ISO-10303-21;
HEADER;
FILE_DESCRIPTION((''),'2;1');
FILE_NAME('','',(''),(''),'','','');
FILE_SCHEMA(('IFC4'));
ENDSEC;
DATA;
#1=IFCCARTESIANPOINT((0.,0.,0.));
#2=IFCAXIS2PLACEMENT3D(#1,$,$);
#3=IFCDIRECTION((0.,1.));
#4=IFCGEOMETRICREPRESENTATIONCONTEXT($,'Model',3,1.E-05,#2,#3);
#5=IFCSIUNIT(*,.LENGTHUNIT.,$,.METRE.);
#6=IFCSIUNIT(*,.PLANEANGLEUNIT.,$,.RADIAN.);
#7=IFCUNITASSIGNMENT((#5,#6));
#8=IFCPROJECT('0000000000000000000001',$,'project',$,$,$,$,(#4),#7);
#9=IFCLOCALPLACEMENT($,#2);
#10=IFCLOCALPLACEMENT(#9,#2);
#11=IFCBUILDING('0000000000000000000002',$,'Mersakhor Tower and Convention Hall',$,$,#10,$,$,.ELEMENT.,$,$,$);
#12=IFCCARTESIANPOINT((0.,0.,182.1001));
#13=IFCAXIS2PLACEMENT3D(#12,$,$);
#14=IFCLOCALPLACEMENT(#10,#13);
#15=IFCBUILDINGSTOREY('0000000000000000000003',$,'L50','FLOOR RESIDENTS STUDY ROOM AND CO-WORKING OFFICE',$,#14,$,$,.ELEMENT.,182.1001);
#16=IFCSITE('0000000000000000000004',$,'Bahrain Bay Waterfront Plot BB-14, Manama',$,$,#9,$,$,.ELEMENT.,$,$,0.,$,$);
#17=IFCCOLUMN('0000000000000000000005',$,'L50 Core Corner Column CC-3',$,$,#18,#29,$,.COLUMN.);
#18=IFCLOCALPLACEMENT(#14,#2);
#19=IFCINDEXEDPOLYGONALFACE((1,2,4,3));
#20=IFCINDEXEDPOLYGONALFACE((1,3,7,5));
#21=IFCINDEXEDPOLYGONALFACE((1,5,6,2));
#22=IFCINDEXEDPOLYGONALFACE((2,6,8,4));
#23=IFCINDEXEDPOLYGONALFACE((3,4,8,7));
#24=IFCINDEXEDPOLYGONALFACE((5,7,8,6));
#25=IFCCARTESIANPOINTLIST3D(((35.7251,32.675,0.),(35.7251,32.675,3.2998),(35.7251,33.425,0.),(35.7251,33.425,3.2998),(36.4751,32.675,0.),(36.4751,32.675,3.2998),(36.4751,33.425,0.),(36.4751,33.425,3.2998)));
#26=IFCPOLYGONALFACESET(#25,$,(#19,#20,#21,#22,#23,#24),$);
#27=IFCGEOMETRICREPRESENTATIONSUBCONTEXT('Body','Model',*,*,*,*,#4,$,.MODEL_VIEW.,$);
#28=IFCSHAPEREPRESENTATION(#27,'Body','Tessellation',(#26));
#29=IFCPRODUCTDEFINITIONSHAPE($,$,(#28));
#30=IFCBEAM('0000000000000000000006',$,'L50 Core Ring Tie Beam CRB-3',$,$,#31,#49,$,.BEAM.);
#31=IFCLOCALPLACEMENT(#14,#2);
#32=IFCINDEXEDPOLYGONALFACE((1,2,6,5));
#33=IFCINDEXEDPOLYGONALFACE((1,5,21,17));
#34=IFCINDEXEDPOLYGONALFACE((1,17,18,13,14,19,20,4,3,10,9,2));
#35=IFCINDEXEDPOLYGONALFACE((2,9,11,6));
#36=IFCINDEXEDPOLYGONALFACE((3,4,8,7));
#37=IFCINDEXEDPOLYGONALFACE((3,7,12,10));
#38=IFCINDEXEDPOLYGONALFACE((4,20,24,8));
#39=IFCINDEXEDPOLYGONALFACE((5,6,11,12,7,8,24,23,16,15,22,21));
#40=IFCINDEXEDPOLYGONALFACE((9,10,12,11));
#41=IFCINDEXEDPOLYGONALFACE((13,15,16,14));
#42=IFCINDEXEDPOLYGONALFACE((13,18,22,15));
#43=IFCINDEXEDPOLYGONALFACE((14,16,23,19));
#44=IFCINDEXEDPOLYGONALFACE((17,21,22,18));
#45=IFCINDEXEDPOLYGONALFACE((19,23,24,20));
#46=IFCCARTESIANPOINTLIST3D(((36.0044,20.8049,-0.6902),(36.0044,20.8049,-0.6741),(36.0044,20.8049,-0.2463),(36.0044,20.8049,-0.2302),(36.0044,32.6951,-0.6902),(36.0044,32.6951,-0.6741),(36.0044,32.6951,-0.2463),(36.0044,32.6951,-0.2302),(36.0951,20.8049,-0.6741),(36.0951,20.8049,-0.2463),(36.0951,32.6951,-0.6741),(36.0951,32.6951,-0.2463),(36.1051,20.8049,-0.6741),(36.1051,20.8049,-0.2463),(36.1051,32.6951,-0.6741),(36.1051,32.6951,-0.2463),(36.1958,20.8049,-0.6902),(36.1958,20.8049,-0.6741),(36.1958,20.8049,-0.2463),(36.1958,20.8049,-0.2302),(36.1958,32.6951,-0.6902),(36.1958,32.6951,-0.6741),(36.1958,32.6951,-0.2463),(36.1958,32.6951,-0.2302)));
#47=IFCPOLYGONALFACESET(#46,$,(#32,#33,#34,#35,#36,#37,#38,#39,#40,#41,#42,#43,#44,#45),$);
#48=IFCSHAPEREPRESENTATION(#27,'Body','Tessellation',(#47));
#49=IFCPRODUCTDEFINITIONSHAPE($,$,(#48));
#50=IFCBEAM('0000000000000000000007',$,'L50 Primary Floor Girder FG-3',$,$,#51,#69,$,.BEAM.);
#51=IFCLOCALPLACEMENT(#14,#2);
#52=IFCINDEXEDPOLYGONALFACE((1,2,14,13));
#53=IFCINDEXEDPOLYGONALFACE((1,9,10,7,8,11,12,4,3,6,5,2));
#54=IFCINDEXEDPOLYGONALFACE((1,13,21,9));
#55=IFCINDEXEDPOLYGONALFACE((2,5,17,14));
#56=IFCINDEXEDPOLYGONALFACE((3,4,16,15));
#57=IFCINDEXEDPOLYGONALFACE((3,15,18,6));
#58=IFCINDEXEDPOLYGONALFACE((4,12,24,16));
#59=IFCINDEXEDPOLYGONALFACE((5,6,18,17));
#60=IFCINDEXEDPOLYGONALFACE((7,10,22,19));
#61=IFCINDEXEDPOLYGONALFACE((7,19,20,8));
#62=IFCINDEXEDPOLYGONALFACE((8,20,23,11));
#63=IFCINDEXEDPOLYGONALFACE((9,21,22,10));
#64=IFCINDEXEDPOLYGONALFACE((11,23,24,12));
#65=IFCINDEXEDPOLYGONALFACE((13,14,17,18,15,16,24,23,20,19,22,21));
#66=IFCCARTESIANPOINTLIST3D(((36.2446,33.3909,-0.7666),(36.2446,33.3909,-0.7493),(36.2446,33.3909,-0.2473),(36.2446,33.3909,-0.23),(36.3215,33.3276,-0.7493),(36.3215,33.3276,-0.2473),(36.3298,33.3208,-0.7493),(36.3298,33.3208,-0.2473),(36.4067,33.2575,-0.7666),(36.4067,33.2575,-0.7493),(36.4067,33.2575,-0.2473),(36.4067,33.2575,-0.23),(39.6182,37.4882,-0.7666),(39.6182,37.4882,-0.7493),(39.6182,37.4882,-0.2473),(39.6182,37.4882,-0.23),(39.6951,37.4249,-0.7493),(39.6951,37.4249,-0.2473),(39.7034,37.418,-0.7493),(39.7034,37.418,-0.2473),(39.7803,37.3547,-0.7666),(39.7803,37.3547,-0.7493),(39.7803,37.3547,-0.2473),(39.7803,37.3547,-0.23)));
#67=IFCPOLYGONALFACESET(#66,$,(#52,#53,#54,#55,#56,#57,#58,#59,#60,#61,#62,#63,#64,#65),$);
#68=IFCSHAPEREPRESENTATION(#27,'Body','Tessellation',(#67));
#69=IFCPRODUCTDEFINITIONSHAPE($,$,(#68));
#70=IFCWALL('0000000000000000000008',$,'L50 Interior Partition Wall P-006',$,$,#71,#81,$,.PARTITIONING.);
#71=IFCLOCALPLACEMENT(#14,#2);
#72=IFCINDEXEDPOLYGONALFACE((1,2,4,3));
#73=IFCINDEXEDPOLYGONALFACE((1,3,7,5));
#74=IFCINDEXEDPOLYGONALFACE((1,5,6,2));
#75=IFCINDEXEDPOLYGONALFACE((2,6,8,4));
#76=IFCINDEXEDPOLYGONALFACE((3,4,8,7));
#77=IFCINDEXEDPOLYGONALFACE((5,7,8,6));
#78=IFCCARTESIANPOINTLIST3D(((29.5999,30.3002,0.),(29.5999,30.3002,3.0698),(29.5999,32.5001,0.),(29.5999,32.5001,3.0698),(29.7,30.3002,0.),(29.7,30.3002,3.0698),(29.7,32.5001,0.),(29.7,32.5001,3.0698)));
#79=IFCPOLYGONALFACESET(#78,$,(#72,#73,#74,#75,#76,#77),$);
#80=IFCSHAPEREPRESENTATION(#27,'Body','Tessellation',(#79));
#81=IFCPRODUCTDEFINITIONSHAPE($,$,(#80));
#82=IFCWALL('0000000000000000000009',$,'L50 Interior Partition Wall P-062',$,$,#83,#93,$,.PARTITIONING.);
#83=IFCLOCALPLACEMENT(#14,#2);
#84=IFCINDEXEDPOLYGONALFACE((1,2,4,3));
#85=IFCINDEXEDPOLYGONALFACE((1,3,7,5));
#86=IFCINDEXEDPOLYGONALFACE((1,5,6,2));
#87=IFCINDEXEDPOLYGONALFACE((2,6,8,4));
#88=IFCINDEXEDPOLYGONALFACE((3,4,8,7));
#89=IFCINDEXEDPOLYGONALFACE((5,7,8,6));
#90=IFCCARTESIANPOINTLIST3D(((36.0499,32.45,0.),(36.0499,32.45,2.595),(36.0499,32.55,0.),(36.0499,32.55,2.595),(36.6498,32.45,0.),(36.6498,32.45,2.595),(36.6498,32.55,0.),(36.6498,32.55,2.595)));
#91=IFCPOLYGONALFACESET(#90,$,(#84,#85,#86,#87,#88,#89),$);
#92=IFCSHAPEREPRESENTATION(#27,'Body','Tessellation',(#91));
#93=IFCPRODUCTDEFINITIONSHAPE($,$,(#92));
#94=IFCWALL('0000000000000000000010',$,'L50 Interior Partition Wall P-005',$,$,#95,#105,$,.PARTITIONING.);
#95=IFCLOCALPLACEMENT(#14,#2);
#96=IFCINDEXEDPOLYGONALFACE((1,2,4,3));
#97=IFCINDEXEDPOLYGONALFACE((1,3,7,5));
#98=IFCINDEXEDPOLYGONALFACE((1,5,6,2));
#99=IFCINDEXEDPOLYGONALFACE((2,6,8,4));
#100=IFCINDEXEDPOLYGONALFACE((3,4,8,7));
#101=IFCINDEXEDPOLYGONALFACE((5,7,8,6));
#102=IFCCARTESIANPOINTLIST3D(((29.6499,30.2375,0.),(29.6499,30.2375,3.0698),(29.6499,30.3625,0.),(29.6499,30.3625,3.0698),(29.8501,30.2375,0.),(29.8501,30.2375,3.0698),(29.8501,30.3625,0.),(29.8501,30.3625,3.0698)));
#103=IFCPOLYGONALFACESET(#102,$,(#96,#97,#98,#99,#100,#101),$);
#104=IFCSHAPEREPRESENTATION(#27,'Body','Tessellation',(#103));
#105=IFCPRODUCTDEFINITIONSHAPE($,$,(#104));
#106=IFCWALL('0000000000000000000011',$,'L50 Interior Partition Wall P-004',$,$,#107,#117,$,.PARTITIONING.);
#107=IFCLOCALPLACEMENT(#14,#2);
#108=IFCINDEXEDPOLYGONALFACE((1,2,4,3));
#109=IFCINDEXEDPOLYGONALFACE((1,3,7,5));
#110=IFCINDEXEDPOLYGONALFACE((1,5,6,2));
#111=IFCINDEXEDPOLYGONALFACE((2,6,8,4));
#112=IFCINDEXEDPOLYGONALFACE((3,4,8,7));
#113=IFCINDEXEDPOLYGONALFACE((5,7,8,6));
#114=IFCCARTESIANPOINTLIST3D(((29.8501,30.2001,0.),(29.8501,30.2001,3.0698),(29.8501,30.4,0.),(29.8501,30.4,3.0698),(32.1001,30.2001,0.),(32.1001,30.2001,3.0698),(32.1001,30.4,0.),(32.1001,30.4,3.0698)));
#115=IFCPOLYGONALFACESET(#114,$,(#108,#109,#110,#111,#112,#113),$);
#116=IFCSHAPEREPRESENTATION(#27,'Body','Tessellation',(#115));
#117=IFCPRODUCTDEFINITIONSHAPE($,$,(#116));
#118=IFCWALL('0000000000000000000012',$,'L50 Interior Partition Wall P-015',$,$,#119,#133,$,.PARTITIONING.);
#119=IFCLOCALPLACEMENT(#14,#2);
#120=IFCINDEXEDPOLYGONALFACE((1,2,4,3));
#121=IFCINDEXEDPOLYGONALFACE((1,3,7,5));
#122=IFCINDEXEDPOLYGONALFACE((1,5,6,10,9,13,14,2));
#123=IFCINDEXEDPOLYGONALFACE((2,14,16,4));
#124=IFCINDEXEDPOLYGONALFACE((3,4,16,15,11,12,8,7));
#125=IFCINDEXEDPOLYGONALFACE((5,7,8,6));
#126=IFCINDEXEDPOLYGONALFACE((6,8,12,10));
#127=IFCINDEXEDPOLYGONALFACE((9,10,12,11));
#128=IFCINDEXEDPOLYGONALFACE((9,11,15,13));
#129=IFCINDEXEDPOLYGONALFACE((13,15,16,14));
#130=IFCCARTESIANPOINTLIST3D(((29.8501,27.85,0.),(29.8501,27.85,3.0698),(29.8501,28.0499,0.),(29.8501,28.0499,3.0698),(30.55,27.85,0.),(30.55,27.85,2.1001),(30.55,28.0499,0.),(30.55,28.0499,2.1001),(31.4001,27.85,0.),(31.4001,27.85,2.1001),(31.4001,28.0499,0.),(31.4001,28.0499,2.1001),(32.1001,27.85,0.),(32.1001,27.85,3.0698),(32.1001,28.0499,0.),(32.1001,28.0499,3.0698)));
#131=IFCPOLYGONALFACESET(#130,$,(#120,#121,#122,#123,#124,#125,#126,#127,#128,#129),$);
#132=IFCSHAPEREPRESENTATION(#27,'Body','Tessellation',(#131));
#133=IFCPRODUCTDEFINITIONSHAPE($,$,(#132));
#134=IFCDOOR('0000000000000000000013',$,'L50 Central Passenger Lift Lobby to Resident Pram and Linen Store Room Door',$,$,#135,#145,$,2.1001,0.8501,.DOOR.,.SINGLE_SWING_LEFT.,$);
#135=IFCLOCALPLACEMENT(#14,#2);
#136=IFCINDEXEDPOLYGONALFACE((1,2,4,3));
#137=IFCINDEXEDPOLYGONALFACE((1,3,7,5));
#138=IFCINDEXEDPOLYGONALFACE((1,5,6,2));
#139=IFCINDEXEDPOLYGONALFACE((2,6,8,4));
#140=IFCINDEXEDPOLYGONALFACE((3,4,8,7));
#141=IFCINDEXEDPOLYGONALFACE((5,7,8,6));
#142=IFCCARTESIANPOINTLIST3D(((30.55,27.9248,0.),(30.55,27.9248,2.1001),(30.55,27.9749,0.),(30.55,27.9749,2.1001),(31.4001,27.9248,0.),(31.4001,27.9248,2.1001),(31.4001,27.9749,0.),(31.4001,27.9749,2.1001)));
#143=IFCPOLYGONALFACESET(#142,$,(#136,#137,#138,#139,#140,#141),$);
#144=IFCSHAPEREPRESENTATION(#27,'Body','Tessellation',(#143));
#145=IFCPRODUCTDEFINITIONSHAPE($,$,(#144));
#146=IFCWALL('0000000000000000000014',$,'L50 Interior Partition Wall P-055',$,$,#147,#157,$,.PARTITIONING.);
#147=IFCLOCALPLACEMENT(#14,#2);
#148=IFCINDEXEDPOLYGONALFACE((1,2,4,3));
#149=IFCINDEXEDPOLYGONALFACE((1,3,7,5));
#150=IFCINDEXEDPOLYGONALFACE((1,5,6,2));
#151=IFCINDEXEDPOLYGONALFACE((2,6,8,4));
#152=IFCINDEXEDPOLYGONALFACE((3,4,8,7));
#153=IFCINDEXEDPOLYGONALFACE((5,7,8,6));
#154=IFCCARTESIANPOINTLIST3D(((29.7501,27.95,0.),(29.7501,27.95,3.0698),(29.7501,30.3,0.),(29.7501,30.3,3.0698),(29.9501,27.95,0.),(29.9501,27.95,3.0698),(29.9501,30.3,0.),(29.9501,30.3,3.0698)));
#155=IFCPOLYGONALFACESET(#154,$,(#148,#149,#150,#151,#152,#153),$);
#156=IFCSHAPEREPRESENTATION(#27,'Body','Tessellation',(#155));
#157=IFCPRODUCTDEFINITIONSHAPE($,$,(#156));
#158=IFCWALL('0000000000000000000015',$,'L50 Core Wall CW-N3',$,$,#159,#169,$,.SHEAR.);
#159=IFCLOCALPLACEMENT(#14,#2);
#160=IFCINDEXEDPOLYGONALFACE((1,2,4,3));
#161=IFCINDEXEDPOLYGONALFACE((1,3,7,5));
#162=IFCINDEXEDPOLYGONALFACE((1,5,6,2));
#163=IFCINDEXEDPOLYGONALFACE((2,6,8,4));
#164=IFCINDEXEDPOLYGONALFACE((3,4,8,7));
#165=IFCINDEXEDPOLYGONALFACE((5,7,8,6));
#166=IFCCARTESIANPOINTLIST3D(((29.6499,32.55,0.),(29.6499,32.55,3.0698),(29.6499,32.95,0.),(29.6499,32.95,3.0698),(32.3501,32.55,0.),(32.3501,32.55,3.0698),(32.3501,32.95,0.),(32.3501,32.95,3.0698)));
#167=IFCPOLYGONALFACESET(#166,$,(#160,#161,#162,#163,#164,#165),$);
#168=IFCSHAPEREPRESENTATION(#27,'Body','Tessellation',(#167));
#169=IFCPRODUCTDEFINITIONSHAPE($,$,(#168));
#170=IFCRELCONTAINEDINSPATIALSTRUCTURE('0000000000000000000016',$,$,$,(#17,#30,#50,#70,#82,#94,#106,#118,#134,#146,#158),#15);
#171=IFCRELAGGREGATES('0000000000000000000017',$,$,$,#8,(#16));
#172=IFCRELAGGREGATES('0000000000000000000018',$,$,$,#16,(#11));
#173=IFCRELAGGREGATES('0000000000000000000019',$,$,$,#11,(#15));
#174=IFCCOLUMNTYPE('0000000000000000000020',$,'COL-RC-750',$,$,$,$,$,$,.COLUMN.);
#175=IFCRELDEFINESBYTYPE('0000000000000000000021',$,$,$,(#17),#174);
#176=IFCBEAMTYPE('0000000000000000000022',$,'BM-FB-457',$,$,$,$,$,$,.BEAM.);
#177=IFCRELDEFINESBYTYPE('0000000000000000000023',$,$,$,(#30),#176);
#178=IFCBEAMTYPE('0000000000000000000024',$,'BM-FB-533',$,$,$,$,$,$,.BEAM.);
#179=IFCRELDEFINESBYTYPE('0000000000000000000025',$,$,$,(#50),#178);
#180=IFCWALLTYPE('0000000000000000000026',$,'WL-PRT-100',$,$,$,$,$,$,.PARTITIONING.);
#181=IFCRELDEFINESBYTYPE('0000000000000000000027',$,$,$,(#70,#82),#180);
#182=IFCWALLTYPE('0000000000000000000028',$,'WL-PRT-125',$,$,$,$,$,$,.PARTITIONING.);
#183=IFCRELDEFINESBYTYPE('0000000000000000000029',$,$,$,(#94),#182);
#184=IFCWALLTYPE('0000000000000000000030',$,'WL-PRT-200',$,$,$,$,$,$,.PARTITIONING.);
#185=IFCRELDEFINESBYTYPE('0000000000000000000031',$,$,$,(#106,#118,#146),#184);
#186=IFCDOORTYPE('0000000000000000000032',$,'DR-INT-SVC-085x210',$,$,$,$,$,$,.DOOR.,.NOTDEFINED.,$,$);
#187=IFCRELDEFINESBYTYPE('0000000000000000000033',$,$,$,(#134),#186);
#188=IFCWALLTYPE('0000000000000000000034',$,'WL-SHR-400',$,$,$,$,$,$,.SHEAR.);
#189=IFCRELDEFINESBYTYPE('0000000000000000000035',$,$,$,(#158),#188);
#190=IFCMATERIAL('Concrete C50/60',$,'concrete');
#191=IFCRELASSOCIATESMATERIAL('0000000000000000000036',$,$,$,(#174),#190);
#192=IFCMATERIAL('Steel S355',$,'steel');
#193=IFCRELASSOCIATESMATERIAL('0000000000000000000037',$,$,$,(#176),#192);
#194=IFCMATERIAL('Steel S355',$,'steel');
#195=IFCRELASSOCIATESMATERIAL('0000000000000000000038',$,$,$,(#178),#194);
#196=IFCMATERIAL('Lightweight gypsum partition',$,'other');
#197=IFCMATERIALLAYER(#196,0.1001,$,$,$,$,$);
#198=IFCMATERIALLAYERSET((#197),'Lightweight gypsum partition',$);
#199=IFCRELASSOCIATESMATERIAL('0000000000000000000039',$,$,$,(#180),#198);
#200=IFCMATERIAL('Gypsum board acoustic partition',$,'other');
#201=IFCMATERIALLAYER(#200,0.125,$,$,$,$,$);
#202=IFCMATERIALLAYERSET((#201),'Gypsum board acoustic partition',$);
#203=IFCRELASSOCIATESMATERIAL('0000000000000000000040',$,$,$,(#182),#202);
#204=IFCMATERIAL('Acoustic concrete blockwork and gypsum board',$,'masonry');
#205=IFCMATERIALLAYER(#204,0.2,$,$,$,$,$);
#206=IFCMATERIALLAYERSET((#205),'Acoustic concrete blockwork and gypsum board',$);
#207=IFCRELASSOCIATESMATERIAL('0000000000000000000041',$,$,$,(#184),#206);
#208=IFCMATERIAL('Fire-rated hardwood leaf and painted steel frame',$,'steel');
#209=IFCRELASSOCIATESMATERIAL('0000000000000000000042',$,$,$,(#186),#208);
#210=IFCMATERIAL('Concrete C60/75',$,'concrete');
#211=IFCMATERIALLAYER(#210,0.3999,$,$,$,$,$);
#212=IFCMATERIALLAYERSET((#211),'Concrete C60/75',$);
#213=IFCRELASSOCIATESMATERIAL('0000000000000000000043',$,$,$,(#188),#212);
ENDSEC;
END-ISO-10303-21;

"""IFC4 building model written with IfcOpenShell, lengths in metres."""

from ifc_helpers import new_model, si_unit, direction, frame, frame_2d, origin, origin_2d, place, context, subcontext, project, spatial, rectangle, i_section, extrude, material, layer, layer_set, material_profile, profile_set, type_object, element, fill, save


model = new_model("IFC4")

# Units and contexts
model_context = context("Model", 3, precision=1e-05, world=origin(), true_north=direction((0.0, 1.0)))
body_context = subcontext(model_context, "Body", "Model", "MODEL_VIEW")
ifc_project = project(units=[si_unit("LENGTHUNIT", "METRE"), si_unit("PLANEANGLEUNIT", "RADIAN")], contexts=[model_context])

# Site, building, storey
site_placement = place(None, origin())
site = spatial("IfcSite", under=ifc_project, at=site_placement, Name="Bahrain Bay Waterfront Plot BB-14, Manama", CompositionType="ELEMENT", RefElevation=0.0)
building_placement = place(site_placement, origin())
building = spatial("IfcBuilding", under=site, at=building_placement, Name="Mersakhor Tower and Convention Hall", CompositionType="ELEMENT")
storey_placement = place(building_placement, frame((0.0, 0.0, 182.1001)))
storey = spatial("IfcBuildingStorey", under=building, at=storey_placement, Name="L50", Description="FLOOR RESIDENTS STUDY ROOM AND CO-WORKING OFFICE", CompositionType="ELEMENT", Elevation=182.1001)

# Column
ifc_material_1 = material(Name="Concrete C50/60", Category="concrete")
ifc_material_profile_1 = material_profile(ifc_material_1, rectangle(XDim=0.75, YDim=0.75, at=origin_2d()), Name="RC 750x750")
ifc_profile_set_1 = profile_set([ifc_material_profile_1], Name="Concrete C50/60")
column_type = type_object("IfcColumnType", Name="COL-RC-750", PredefinedType="COLUMN", material=ifc_profile_set_1)
column_placement = place(storey_placement, frame((36.1001, 33.05, 0.0), z_axis=(0.0, 0.0, 1.0), x_axis=(1.0, 0.0, 0.0)))
element("IfcColumn", 1, at=column_placement, inside=storey, type_object=column_type, Name="L50 Core Corner Column CC-3", PredefinedType="COLUMN", context=body_context, shape_type="SweptSolid", body=[
    extrude(rectangle(XDim=0.75, YDim=0.75, at=origin_2d()), origin(), (0.0, 0.0, 1.0), 3.2998),
])

# Beams
ifc_material_2 = material(Name="Steel S355", Category="steel")
ifc_material_profile_2 = material_profile(ifc_material_2, i_section(OverallWidth=0.1914, OverallDepth=0.46, WebThickness=0.01, FlangeThickness=0.0161, at=origin_2d()), Name="UB 457x191x82")
ifc_profile_set_2 = profile_set([ifc_material_profile_2], Name="Steel S355")
beam_type_1 = type_object("IfcBeamType", Name="BM-FB-457", PredefinedType="BEAM", material=ifc_profile_set_2)
beam_1_placement = place(storey_placement, frame((36.1001, 32.6951, -0.4602), z_axis=(0.0, -1.0, 0.0), x_axis=(1.0, 0.0, 0.0)))
element("IfcBeam", 2, at=beam_1_placement, inside=storey, type_object=beam_type_1, Name="L50 Core Ring Tie Beam CRB-3", PredefinedType="BEAM", context=body_context, shape_type="SweptSolid", body=[
    extrude(i_section(OverallWidth=0.1914, OverallDepth=0.46, WebThickness=0.01, FlangeThickness=0.0161, at=origin_2d()), origin(), (0.0, 0.0, 1.0), 11.8901),
])
ifc_material_3 = material(Name="Steel S355", Category="steel")
ifc_material_profile_3 = material_profile(ifc_material_3, i_section(OverallWidth=0.21, OverallDepth=0.5366, WebThickness=0.0107, FlangeThickness=0.0173, at=origin_2d()), Name="UB 533x210x101")
ifc_profile_set_3 = profile_set([ifc_material_profile_3], Name="Steel S355")
beam_type_2 = type_object("IfcBeamType", Name="BM-FB-533", PredefinedType="BEAM", material=ifc_profile_set_3)
beam_2_placement = place(storey_placement, frame((36.3257, 33.3242, -0.4983), z_axis=(0.63564, 0.771986, 0.0), x_axis=(-0.771986, 0.63564, 0.0)))
element("IfcBeam", 3, at=beam_2_placement, inside=storey, type_object=beam_type_2, Name="L50 Primary Floor Girder FG-3", PredefinedType="BEAM", context=body_context, shape_type="SweptSolid", body=[
    extrude(i_section(OverallWidth=0.21, OverallDepth=0.5366, WebThickness=0.0107, FlangeThickness=0.0173, at=origin_2d()), origin(), (0.0, 0.0, 1.0), 5.3074),
])

# Walls
ifc_material_4 = material(Name="Lightweight gypsum partition", Category="other")
ifc_layer_1 = layer(ifc_material_4, 0.1001)
ifc_layer_set_1 = layer_set([ifc_layer_1], Name="Lightweight gypsum partition")
wall_type_1 = type_object("IfcWallType", Name="WL-PRT-100", PredefinedType="PARTITIONING", material=ifc_layer_set_1)
wall_1_placement = place(storey_placement, frame((29.6499, 30.3, 0.0), z_axis=(0.0, 0.0, 1.0), x_axis=(0.0, 1.0, 0.0)))
element("IfcWall", 4, at=wall_1_placement, inside=storey, type_object=wall_type_1, Name="L50 Interior Partition Wall P-006", PredefinedType="PARTITIONING", context=body_context, shape_type="SweptSolid", body=[
    extrude(rectangle(XDim=2.2, YDim=0.1001, at=frame_2d((1.1001, 0.0))), origin(), (0.0, 0.0, 1.0), 3.0698),
])
wall_2_placement = place(storey_placement, frame((36.05, 32.5, 0.0), z_axis=(0.0, 0.0, 1.0), x_axis=(1.0, 0.0, 0.0)))
element("IfcWall", 5, at=wall_2_placement, inside=storey, type_object=wall_type_1, Name="L50 Interior Partition Wall P-062", PredefinedType="PARTITIONING", context=body_context, shape_type="SweptSolid", body=[
    extrude(rectangle(XDim=0.5999, YDim=0.1001, at=frame_2d((0.2998, 0.0))), origin(), (0.0, 0.0, 1.0), 2.595),
])
ifc_material_5 = material(Name="Gypsum board acoustic partition", Category="other")
ifc_layer_2 = layer(ifc_material_5, 0.125)
ifc_layer_set_2 = layer_set([ifc_layer_2], Name="Gypsum board acoustic partition")
wall_type_2 = type_object("IfcWallType", Name="WL-PRT-125", PredefinedType="PARTITIONING", material=ifc_layer_set_2)
wall_3_placement = place(storey_placement, frame((29.8501, 30.3, 0.0), z_axis=(0.0, 0.0, 1.0), x_axis=(-1.0, 0.0, 0.0)))
element("IfcWall", 6, at=wall_3_placement, inside=storey, type_object=wall_type_2, Name="L50 Interior Partition Wall P-005", PredefinedType="PARTITIONING", context=body_context, shape_type="SweptSolid", body=[
    extrude(rectangle(XDim=0.2002, YDim=0.125, at=frame_2d((0.1001, 0.0))), origin(), (0.0, 0.0, 1.0), 3.0698),
])
ifc_material_6 = material(Name="Acoustic concrete blockwork and gypsum board", Category="masonry")
ifc_layer_3 = layer(ifc_material_6, 0.2)
ifc_layer_set_3 = layer_set([ifc_layer_3], Name="Acoustic concrete blockwork and gypsum board")
wall_type_3 = type_object("IfcWallType", Name="WL-PRT-200", PredefinedType="PARTITIONING", material=ifc_layer_set_3)
wall_4_placement = place(storey_placement, frame((32.1001, 30.3, 0.0), z_axis=(0.0, 0.0, 1.0), x_axis=(-1.0, 0.0, 0.0)))
element("IfcWall", 7, at=wall_4_placement, inside=storey, type_object=wall_type_3, Name="L50 Interior Partition Wall P-004", PredefinedType="PARTITIONING", context=body_context, shape_type="SweptSolid", body=[
    extrude(rectangle(XDim=2.25, YDim=0.2, at=frame_2d((1.125, 0.0))), origin(), (0.0, 0.0, 1.0), 3.0698),
])

# Wall, opening, door
wall_5_placement = place(storey_placement, frame((29.8501, 27.95, 0.0), z_axis=(0.0, 0.0, 1.0), x_axis=(1.0, 0.0, 0.0)))
wall_5 = element("IfcWall", 8, at=wall_5_placement, inside=storey, type_object=wall_type_3, Name="L50 Interior Partition Wall P-015", PredefinedType="PARTITIONING", context=body_context, shape_type="SweptSolid", body=[
    extrude(rectangle(XDim=2.25, YDim=0.2, at=frame_2d((1.125, 0.0))), origin(), (0.0, 0.0, 1.0), 3.0698),
])
opening_1_placement = place(wall_5_placement, frame((0.7, 0.0, 0.0)))
opening_1 = element("IfcOpeningElement", 9, at=opening_1_placement, cuts=wall_5, PredefinedType="OPENING", context=body_context, shape_type="SweptSolid", body=[
    extrude(rectangle(XDim=0.8501, YDim=2.1001, at=frame_2d((0.425, 1.05))), frame((0.0, 0.1099, 0.0), z_axis=(0.0, -1.0, 0.0), x_axis=(1.0, 0.0, 0.0)), (0.0, 0.0, 1.0), 0.22),
])
ifc_material_7 = material(Name="Fire-rated hardwood leaf and painted steel frame", Category="steel")
door_type_1 = type_object("IfcDoorType", Name="DR-INT-SVC-085x210", OperationType="NOTDEFINED", PredefinedType="DOOR", material=ifc_material_7)
door_1_placement = place(opening_1_placement, origin())
door_1 = element("IfcDoor", 10, at=door_1_placement, inside=storey, type_object=door_type_1, Name="L50 Central Passenger Lift Lobby to Resident Pram and Linen Store Room Door", OperationType="SINGLE_SWING_LEFT", OverallHeight=2.1001, OverallWidth=0.8501, PredefinedType="DOOR", context=body_context, shape_type="SweptSolid", body=[
    extrude(rectangle(XDim=0.8501, YDim=2.1001, at=frame_2d((0.425, 1.05))), frame((0.0, 0.0249, 0.0), z_axis=(0.0, -1.0, 0.0), x_axis=(1.0, 0.0, 0.0)), (0.0, 0.0, 1.0), 0.05),
])
fill(opening_1, door_1)

# Wall
wall_6_placement = place(storey_placement, frame((29.8501, 30.3, 0.0), z_axis=(0.0, 0.0, 1.0), x_axis=(0.0, -1.0, 0.0)))
element("IfcWall", 11, at=wall_6_placement, inside=storey, type_object=wall_type_3, Name="L50 Interior Partition Wall P-055", PredefinedType="PARTITIONING", context=body_context, shape_type="SweptSolid", body=[
    extrude(rectangle(XDim=2.3501, YDim=0.2, at=frame_2d((1.175, 0.0))), origin(), (0.0, 0.0, 1.0), 3.0698),
])

# Wall
ifc_material_8 = material(Name="Concrete C60/75", Category="concrete")
ifc_layer_4 = layer(ifc_material_8, 0.3999)
ifc_layer_set_4 = layer_set([ifc_layer_4], Name="Concrete C60/75")
wall_type_4 = type_object("IfcWallType", Name="WL-SHR-400", PredefinedType="SHEAR", material=ifc_layer_set_4)
wall_7_placement = place(storey_placement, frame((29.6499, 32.75, 0.0), z_axis=(0.0, 0.0, 1.0), x_axis=(1.0, 0.0, 0.0)))
element("IfcWall", 12, at=wall_7_placement, inside=storey, type_object=wall_type_4, Name="L50 Core Wall CW-N3", PredefinedType="SHEAR", context=body_context, shape_type="SweptSolid", body=[
    extrude(rectangle(XDim=2.7002, YDim=0.3999, at=frame_2d((1.3501, 0.0))), origin(), (0.0, 0.0, 1.0), 3.0698),
])

save(model, "model.ifc")
